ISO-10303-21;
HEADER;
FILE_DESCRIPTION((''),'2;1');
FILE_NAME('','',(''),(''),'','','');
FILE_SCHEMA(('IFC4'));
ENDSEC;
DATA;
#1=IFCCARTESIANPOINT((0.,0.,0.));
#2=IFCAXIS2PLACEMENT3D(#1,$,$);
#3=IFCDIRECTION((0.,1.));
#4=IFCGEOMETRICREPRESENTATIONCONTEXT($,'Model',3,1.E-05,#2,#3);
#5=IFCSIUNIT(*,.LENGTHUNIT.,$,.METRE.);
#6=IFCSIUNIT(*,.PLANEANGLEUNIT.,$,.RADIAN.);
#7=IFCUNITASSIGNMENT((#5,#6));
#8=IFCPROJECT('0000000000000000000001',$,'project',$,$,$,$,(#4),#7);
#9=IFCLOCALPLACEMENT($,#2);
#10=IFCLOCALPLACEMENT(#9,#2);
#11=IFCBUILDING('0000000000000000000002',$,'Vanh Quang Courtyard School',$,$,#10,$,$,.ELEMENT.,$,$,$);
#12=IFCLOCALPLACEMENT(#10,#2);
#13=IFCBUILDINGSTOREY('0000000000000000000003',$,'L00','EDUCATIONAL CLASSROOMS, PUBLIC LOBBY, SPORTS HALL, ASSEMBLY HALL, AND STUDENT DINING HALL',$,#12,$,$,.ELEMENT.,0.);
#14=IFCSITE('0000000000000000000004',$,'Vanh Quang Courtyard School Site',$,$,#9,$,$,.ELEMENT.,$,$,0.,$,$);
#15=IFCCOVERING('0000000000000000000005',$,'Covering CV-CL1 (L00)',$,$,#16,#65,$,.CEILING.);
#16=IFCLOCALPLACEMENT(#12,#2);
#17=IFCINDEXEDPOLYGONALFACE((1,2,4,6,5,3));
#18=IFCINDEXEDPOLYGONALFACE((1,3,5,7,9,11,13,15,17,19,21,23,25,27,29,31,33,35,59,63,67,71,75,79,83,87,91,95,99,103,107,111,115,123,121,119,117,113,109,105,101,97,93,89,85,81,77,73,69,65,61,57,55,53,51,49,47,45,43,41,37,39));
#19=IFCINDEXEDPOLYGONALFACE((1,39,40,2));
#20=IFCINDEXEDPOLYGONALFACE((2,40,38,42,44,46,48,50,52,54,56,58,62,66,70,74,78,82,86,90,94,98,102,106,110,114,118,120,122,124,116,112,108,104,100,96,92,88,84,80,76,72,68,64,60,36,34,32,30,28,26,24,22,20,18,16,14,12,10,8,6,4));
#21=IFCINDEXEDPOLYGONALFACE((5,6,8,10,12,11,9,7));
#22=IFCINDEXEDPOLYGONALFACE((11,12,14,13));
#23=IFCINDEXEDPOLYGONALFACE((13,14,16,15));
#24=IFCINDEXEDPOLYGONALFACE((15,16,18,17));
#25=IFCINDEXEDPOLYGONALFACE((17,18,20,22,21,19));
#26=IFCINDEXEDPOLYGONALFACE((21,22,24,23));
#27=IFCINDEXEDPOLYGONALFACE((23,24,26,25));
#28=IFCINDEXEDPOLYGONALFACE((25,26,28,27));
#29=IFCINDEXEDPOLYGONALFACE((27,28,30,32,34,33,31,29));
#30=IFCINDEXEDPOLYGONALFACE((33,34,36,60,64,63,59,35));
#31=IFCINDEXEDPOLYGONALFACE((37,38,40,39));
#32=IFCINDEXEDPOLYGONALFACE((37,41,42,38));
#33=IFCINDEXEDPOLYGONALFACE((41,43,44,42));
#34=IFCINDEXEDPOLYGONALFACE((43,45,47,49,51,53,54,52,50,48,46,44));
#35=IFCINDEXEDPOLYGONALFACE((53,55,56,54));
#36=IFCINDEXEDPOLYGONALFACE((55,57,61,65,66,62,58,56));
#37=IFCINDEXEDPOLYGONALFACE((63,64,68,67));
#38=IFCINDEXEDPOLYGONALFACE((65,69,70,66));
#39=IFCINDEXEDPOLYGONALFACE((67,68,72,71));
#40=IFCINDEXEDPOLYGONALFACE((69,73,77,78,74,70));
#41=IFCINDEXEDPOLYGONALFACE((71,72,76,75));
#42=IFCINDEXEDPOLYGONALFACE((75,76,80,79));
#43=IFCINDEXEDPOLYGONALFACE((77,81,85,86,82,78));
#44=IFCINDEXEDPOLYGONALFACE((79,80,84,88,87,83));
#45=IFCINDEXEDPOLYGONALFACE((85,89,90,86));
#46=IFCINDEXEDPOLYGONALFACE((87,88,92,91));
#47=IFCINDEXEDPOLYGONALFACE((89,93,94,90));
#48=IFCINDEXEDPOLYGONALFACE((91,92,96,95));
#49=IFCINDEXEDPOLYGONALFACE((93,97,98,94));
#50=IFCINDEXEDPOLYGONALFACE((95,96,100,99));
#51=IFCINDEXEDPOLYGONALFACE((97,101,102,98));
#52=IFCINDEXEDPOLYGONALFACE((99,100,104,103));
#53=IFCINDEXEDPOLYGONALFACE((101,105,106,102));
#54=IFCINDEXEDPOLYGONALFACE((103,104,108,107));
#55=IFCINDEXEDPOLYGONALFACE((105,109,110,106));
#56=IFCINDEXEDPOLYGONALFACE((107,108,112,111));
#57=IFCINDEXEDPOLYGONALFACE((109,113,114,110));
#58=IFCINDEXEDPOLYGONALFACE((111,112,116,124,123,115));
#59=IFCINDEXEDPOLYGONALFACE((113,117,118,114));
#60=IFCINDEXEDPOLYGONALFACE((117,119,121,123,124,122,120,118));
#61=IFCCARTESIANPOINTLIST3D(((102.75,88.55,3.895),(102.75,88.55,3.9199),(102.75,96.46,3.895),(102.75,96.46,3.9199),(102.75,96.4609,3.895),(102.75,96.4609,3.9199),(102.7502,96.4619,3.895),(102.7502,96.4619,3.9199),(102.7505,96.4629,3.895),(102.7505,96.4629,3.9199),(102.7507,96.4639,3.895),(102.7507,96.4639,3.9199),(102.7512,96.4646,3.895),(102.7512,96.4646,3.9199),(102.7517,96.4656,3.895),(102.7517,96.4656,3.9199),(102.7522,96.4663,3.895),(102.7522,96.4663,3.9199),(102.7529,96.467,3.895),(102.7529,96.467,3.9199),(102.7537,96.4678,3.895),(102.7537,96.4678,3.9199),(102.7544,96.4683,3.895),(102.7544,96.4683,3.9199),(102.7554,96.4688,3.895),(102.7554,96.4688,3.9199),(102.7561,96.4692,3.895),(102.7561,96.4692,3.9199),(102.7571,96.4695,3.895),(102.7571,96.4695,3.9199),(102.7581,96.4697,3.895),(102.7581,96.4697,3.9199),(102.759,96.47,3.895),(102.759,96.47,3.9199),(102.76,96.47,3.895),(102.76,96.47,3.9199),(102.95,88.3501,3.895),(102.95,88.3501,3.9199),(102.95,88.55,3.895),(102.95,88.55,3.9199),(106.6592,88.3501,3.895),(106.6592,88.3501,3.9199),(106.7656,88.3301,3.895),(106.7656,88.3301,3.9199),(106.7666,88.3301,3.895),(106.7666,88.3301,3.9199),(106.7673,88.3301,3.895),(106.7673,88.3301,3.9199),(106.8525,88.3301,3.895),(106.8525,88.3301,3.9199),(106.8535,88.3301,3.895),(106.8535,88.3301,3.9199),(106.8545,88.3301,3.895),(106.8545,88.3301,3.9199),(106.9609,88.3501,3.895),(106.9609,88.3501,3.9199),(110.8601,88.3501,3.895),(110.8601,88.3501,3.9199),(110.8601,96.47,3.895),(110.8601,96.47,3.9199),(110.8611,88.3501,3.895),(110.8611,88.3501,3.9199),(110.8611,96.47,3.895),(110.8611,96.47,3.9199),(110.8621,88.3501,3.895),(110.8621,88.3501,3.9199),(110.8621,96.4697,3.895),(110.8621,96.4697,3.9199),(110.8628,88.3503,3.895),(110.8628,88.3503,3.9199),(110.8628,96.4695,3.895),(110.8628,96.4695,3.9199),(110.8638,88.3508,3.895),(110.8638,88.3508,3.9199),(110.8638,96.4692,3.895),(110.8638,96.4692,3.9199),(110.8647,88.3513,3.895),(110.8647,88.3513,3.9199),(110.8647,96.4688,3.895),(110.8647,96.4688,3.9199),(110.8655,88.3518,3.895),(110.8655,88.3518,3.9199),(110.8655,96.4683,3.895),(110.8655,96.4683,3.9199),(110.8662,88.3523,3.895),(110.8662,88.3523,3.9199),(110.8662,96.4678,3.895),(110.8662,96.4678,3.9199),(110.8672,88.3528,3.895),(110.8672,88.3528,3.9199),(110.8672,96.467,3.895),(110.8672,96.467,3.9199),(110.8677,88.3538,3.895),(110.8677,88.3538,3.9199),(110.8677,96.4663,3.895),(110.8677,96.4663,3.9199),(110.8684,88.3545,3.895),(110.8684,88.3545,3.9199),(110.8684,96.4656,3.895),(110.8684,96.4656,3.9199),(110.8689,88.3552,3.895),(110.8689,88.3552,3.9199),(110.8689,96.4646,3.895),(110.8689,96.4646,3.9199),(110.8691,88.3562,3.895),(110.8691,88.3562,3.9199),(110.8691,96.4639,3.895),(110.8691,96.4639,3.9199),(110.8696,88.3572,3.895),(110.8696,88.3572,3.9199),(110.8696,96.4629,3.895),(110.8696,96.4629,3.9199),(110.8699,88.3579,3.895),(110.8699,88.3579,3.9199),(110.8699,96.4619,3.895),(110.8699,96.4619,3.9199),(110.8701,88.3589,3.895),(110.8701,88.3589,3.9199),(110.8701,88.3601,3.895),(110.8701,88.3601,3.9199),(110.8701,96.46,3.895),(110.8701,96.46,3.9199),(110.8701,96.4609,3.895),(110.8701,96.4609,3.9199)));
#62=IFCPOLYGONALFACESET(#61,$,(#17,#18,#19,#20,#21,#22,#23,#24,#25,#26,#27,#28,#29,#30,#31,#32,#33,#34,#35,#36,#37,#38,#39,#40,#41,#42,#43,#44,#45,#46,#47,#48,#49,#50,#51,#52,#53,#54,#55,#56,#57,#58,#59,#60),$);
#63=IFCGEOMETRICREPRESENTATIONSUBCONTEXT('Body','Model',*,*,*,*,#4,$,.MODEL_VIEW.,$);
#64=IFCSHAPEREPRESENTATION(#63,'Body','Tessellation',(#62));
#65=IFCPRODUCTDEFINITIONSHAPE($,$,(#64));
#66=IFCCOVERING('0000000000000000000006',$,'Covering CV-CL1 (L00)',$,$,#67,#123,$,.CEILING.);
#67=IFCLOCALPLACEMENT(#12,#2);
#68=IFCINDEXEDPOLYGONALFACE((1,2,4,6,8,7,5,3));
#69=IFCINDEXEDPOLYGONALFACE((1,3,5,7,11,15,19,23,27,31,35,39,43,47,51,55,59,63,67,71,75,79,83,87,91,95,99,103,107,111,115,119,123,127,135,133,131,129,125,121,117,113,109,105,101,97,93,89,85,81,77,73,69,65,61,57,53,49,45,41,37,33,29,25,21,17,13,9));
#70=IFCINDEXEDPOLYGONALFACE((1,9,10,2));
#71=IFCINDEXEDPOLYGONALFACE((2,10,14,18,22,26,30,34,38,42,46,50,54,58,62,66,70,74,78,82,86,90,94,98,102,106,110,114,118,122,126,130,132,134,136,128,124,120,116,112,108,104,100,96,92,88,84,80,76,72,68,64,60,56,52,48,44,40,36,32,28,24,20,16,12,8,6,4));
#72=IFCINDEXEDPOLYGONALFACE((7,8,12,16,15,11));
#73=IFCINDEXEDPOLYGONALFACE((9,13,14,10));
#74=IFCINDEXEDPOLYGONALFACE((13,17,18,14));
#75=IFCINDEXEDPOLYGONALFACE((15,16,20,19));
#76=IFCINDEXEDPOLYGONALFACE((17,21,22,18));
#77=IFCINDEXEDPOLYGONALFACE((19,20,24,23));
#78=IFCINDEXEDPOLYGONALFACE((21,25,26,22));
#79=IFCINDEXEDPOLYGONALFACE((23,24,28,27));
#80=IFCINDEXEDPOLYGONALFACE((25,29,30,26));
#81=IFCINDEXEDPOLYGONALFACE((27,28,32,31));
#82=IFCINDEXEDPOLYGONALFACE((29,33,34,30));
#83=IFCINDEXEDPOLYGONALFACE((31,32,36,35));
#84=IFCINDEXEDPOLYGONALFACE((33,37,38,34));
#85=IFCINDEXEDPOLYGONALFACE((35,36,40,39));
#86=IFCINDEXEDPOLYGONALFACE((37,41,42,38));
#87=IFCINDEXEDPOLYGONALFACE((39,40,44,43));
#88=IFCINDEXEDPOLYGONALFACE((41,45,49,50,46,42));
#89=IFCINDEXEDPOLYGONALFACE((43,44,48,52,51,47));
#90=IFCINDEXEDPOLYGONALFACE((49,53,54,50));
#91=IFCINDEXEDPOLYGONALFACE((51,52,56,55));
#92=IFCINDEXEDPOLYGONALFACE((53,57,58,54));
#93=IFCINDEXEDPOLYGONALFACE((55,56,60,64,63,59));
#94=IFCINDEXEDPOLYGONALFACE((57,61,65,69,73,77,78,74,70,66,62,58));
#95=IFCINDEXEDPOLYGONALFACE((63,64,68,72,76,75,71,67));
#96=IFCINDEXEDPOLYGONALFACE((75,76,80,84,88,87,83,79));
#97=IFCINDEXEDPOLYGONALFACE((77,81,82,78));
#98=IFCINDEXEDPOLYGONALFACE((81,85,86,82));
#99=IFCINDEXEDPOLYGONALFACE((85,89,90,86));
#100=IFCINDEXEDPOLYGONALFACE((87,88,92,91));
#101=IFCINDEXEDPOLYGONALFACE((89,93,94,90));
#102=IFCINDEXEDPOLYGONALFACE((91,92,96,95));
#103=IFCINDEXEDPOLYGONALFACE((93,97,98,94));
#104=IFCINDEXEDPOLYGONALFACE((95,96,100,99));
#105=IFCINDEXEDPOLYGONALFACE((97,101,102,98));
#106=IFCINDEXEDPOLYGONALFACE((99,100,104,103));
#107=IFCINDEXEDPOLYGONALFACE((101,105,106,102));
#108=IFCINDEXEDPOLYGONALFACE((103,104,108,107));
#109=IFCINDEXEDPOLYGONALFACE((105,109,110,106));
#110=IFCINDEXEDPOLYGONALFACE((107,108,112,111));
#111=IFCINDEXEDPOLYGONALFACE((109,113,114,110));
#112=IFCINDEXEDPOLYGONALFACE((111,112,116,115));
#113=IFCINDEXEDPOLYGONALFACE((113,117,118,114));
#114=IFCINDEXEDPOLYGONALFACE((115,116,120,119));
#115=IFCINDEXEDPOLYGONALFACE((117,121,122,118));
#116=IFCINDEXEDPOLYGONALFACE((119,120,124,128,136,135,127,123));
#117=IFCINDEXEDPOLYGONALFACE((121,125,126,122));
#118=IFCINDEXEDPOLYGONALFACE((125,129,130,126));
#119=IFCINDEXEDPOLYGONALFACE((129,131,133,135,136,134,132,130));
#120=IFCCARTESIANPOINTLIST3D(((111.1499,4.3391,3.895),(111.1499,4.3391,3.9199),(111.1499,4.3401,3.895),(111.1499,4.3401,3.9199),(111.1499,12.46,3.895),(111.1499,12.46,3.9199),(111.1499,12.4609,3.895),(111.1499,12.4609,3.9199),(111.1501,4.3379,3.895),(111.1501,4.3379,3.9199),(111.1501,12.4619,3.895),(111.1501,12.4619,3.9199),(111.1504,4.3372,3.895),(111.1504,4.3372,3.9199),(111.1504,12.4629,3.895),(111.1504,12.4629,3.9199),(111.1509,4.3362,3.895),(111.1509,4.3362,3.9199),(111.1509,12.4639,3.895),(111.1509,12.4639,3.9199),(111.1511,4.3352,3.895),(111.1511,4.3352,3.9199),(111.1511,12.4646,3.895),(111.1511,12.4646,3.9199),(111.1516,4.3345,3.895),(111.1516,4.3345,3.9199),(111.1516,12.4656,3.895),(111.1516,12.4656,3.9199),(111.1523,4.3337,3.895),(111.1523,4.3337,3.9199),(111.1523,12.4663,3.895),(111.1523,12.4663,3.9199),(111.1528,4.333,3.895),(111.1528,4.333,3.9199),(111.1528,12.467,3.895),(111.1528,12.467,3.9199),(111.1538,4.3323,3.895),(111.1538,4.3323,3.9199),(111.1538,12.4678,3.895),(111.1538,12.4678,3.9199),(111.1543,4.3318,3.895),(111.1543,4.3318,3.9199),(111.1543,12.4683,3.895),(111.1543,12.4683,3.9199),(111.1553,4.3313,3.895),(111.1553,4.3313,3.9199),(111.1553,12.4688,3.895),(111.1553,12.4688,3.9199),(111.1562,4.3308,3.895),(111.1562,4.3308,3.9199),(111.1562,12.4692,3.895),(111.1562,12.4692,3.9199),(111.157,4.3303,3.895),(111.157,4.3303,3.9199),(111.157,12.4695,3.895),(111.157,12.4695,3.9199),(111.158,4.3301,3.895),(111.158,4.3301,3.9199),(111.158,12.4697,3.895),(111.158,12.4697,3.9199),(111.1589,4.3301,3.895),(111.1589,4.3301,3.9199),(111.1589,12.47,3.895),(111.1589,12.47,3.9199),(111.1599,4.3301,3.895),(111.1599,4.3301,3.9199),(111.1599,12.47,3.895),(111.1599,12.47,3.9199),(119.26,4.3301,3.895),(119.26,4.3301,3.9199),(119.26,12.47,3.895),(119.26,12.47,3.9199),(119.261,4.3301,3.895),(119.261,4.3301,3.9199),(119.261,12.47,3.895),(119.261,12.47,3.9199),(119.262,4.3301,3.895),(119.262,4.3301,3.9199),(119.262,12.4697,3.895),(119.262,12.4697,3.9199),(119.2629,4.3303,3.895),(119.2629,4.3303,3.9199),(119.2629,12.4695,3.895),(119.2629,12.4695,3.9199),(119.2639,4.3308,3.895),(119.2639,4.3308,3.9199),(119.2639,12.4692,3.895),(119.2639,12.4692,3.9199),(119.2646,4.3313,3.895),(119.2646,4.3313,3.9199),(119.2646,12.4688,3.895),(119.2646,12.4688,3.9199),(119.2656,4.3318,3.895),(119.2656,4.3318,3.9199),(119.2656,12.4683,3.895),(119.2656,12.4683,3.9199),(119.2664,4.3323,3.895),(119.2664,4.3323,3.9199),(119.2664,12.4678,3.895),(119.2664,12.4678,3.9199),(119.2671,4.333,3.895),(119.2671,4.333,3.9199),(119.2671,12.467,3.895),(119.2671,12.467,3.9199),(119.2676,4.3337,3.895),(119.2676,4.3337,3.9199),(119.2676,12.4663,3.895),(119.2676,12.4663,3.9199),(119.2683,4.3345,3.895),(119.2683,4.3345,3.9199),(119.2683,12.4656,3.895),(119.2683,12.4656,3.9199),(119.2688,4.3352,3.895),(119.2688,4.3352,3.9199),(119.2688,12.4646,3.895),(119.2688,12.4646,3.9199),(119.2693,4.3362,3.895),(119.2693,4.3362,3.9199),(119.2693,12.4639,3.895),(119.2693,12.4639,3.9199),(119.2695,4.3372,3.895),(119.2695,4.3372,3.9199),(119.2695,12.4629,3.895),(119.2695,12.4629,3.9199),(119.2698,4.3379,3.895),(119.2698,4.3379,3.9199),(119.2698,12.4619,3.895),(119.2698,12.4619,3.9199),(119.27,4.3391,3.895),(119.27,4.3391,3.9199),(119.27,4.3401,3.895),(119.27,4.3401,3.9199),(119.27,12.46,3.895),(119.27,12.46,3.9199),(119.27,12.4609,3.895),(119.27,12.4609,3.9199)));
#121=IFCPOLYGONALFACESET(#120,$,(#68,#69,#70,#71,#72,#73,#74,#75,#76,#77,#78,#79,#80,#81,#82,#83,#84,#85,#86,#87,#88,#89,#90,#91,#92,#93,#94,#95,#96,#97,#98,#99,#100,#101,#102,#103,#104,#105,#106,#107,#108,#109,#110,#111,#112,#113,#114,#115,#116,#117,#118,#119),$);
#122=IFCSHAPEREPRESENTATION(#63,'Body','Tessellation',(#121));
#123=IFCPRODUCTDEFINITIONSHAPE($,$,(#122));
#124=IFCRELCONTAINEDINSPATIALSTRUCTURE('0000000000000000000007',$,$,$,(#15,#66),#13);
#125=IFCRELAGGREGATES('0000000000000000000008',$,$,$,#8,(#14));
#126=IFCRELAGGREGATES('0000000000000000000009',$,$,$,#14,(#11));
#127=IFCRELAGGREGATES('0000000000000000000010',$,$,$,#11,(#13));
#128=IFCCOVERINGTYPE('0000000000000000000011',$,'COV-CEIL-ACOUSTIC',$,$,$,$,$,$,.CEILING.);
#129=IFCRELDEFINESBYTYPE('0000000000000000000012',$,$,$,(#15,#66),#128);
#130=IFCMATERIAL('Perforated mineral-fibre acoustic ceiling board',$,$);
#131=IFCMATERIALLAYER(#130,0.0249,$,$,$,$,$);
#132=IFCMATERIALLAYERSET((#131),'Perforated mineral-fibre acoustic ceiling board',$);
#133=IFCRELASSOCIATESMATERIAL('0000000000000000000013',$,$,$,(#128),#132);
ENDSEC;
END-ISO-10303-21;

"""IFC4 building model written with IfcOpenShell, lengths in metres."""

from ifc_helpers import new_model, si_unit, direction, frame, origin, place, context, subcontext, project, spatial, polyline, outline, extrude, material, layer, layer_set, type_object, element, save


model = new_model("IFC4")

# Units and contexts
model_context = context("Model", 3, precision=1e-05, world=origin(), true_north=direction((0.0, 1.0)))
body_context = subcontext(model_context, "Body", "Model", "MODEL_VIEW")
ifc_project = project(units=[si_unit("LENGTHUNIT", "METRE"), si_unit("PLANEANGLEUNIT", "RADIAN")], contexts=[model_context])

# Site, building, storey
site_placement = place(None, origin())
site = spatial("IfcSite", under=ifc_project, at=site_placement, Name="Vanh Quang Courtyard School Site", CompositionType="ELEMENT", RefElevation=0.0)
building_placement = place(site_placement, origin())
building = spatial("IfcBuilding", under=site, at=building_placement, Name="Vanh Quang Courtyard School", CompositionType="ELEMENT")
storey_placement = place(building_placement, origin())
storey = spatial("IfcBuildingStorey", under=building, at=storey_placement, Name="L00", Description="EDUCATIONAL CLASSROOMS, PUBLIC LOBBY, SPORTS HALL, ASSEMBLY HALL, AND STUDENT DINING HALL", CompositionType="ELEMENT", Elevation=0.0)

# Coverings
ifc_material_1 = material(Name="Perforated mineral-fibre acoustic ceiling board")
ifc_layer_1 = layer(ifc_material_1, 0.0249)
ifc_layer_set_1 = layer_set([ifc_layer_1], Name="Perforated mineral-fibre acoustic ceiling board")
covering_type = type_object("IfcCoveringType", Name="COV-CEIL-ACOUSTIC", PredefinedType="CEILING", material=ifc_layer_set_1)
covering_1_placement = place(storey_placement, frame((0.0, 0.0, 3.895)))
element("IfcCovering", 1, at=covering_1_placement, inside=storey, type_object=covering_type, Name="Covering CV-CL1 (L00)", PredefinedType="CEILING", context=body_context, shape_type="SweptSolid", body=[
    extrude(outline(polyline([(102.95, 88.3501), (102.95, 88.55), (102.75, 88.55), (102.75, 96.46), (102.75, 96.4609), (102.7502, 96.4619), (102.7505, 96.4629), (102.7507, 96.4639), (102.7512, 96.4646), (102.7517, 96.4656), (102.7522, 96.4663), (102.7529, 96.467), (102.7537, 96.4678), (102.7544, 96.4683), (102.7554, 96.4688), (102.7561, 96.4692), (102.7571, 96.4695), (102.7581, 96.4697), (102.759, 96.47), (102.76, 96.47), (110.8601, 96.47), (110.8611, 96.47), (110.8621, 96.4697), (110.8628, 96.4695), (110.8638, 96.4692), (110.8647, 96.4688), (110.8655, 96.4683), (110.8662, 96.4678), (110.8672, 96.467), (110.8677, 96.4663), (110.8684, 96.4656), (110.8689, 96.4646), (110.8691, 96.4639), (110.8696, 96.4629), (110.8699, 96.4619), (110.8701, 96.4609), (110.8701, 96.46), (110.8701, 88.3601), (110.8701, 88.3589), (110.8699, 88.3579), (110.8696, 88.3572), (110.8691, 88.3562), (110.8689, 88.3552), (110.8684, 88.3545), (110.8677, 88.3538), (110.8672, 88.3528), (110.8662, 88.3523), (110.8655, 88.3518), (110.8647, 88.3513), (110.8638, 88.3508), (110.8628, 88.3503), (110.8621, 88.3501), (110.8611, 88.3501), (110.8601, 88.3501), (106.9609, 88.3501), (106.8545, 88.3301), (106.8535, 88.3301), (106.8525, 88.3301), (106.7673, 88.3301), (106.7666, 88.3301), (106.7656, 88.3301), (106.6592, 88.3501), (102.95, 88.3501)])), origin(), (0.0, 0.0, 1.0), 0.0249),
])
covering_2_placement = place(storey_placement, frame((0.0, 0.0, 3.895)))
element("IfcCovering", 2, at=covering_2_placement, inside=storey, type_object=covering_type, Name="Covering CV-CL1 (L00)", PredefinedType="CEILING", context=body_context, shape_type="SweptSolid", body=[
    extrude(outline(polyline([(111.1599, 4.3301), (111.1589, 4.3301), (111.158, 4.3301), (111.157, 4.3303), (111.1562, 4.3308), (111.1553, 4.3313), (111.1543, 4.3318), (111.1538, 4.3323), (111.1528, 4.333), (111.1523, 4.3337), (111.1516, 4.3345), (111.1511, 4.3352), (111.1509, 4.3362), (111.1504, 4.3372), (111.1501, 4.3379), (111.1499, 4.3391), (111.1499, 4.3401), (111.1499, 12.46), (111.1499, 12.4609), (111.1501, 12.4619), (111.1504, 12.4629), (111.1509, 12.4639), (111.1511, 12.4646), (111.1516, 12.4656), (111.1523, 12.4663), (111.1528, 12.467), (111.1538, 12.4678), (111.1543, 12.4683), (111.1553, 12.4688), (111.1562, 12.4692), (111.157, 12.4695), (111.158, 12.4697), (111.1589, 12.47), (111.1599, 12.47), (119.26, 12.47), (119.261, 12.47), (119.262, 12.4697), (119.2629, 12.4695), (119.2639, 12.4692), (119.2646, 12.4688), (119.2656, 12.4683), (119.2664, 12.4678), (119.2671, 12.467), (119.2676, 12.4663), (119.2683, 12.4656), (119.2688, 12.4646), (119.2693, 12.4639), (119.2695, 12.4629), (119.2698, 12.4619), (119.27, 12.4609), (119.27, 12.46), (119.27, 4.3401), (119.27, 4.3391), (119.2698, 4.3379), (119.2695, 4.3372), (119.2693, 4.3362), (119.2688, 4.3352), (119.2683, 4.3345), (119.2676, 4.3337), (119.2671, 4.333), (119.2664, 4.3323), (119.2656, 4.3318), (119.2646, 4.3313), (119.2639, 4.3308), (119.2629, 4.3303), (119.262, 4.3301), (119.261, 4.3301), (119.26, 4.3301), (111.1599, 4.3301)])), origin(), (0.0, 0.0, 1.0), 0.0249),
])

save(model, "model.ifc")
